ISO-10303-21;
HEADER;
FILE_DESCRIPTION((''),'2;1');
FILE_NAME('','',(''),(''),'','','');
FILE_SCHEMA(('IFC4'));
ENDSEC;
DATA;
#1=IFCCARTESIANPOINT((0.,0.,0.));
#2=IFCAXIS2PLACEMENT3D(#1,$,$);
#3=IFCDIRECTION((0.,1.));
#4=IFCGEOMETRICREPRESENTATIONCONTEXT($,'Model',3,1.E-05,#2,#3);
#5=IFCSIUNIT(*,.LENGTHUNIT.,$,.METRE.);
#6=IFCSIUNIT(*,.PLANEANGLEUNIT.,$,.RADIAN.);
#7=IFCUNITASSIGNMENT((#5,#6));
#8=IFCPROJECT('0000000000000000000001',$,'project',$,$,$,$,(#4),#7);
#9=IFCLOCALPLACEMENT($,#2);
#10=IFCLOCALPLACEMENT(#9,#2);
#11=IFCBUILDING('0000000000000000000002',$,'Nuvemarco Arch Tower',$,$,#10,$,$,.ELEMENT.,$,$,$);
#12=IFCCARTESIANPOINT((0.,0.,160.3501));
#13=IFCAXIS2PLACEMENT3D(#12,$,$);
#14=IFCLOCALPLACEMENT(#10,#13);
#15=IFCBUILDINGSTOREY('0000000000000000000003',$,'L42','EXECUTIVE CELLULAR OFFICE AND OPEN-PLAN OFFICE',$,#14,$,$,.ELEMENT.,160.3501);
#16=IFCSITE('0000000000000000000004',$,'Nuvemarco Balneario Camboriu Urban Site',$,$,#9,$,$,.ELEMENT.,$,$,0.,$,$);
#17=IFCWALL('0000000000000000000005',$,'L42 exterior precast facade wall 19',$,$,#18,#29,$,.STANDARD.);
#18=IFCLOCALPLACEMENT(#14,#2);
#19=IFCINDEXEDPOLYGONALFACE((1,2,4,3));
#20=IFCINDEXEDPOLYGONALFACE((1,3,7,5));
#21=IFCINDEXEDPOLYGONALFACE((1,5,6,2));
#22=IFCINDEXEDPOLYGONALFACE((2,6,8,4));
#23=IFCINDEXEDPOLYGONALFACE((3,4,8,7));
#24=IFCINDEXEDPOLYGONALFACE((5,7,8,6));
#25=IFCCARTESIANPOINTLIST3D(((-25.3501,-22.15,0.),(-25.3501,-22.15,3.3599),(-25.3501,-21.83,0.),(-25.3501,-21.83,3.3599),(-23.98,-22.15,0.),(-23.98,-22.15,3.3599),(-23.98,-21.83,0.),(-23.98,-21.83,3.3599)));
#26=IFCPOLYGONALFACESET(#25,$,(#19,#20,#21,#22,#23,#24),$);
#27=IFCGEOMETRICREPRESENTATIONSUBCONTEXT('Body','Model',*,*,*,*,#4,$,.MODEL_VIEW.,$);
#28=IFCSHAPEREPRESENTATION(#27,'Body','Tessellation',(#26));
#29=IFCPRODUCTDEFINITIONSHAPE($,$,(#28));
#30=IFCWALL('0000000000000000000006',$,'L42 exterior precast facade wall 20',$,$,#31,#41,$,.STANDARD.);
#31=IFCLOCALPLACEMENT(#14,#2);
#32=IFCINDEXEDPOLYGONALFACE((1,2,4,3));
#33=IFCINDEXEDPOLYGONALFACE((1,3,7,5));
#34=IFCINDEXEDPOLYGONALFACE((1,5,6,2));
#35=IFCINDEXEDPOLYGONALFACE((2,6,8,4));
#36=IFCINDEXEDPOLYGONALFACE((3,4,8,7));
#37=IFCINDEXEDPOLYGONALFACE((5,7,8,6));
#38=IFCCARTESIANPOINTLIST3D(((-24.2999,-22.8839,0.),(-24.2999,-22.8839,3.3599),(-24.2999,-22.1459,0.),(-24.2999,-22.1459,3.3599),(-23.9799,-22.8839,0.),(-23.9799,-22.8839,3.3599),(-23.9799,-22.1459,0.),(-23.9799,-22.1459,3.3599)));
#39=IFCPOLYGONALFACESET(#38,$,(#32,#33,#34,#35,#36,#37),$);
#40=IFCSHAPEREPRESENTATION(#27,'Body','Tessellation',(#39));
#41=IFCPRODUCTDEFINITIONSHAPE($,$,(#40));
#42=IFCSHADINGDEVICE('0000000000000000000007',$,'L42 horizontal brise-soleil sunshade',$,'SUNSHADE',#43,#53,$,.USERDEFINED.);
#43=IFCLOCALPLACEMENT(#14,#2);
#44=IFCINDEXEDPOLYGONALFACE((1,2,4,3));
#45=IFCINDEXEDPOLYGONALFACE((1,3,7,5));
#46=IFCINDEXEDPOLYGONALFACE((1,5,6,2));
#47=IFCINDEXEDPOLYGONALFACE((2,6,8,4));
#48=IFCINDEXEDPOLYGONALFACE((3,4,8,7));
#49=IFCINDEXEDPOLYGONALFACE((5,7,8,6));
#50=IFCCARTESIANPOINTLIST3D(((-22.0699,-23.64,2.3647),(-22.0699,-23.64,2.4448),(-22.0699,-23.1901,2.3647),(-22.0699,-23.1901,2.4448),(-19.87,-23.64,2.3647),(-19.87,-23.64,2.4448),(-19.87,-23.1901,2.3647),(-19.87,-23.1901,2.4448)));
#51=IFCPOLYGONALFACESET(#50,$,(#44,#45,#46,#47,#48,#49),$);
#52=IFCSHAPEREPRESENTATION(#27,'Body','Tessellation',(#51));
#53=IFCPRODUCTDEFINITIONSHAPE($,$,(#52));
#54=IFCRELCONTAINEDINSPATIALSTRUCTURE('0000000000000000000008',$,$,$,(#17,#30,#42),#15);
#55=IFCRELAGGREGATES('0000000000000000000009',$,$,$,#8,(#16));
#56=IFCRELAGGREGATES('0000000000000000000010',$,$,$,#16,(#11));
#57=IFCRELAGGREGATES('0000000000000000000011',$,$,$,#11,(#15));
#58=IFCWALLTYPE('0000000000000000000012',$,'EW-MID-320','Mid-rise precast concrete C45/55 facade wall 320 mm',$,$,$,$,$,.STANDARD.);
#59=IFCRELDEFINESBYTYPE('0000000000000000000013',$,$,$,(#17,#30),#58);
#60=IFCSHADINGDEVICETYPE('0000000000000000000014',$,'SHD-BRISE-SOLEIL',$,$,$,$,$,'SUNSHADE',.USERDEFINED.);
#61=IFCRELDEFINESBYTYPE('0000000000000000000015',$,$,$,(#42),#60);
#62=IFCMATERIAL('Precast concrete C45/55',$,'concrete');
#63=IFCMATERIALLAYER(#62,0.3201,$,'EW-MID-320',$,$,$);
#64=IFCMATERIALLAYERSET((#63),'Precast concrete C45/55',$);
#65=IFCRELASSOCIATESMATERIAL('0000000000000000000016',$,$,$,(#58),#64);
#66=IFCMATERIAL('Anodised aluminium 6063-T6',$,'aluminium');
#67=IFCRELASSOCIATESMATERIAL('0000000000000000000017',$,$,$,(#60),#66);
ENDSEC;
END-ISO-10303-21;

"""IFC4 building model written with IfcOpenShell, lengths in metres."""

from ifc_helpers import new_model, si_unit, direction, frame, frame_2d, origin, origin_2d, place, context, subcontext, project, spatial, rectangle, extrude, source, transform, mapped, material, layer, layer_set, type_object, type_shapes, element, save


model = new_model("IFC4")

# Units and contexts
model_context = context("Model", 3, precision=1e-05, world=origin(), true_north=direction((0.0, 1.0)))
body_context = subcontext(model_context, "Body", "Model", "MODEL_VIEW")
ifc_project = project(units=[si_unit("LENGTHUNIT", "METRE"), si_unit("PLANEANGLEUNIT", "RADIAN")], contexts=[model_context])

# Site, building, storey
site_placement = place(None, origin())
site = spatial("IfcSite", under=ifc_project, at=site_placement, Name="Nuvemarco Balneario Camboriu Urban Site", CompositionType="ELEMENT", RefElevation=0.0)
building_placement = place(site_placement, origin())
building = spatial("IfcBuilding", under=site, at=building_placement, Name="Nuvemarco Arch Tower", CompositionType="ELEMENT")
storey_placement = place(building_placement, frame((0.0, 0.0, 160.3501)))
storey = spatial("IfcBuildingStorey", under=building, at=storey_placement, Name="L42", Description="EXECUTIVE CELLULAR OFFICE AND OPEN-PLAN OFFICE", CompositionType="ELEMENT", Elevation=160.3501)

# Shared definitions
ifc_material_1 = material(Name="Precast concrete C45/55", Category="concrete")
ifc_layer = layer(ifc_material_1, 0.3201, Name="EW-MID-320")
ifc_layer_set = layer_set([ifc_layer], Name="Precast concrete C45/55")
wall_type = type_object("IfcWallType", Name="EW-MID-320", Description="Mid-rise precast concrete C45/55 facade wall 320 mm", PredefinedType="STANDARD", material=ifc_layer_set)

# Walls
wall_1_placement = place(storey_placement, frame((-25.3501, -21.99, 0.0), z_axis=(0.0, 0.0, 1.0), x_axis=(1.0, 0.0, 0.0)))
element("IfcWall", 1, at=wall_1_placement, inside=storey, type_object=wall_type, Name="L42 exterior precast facade wall 19", PredefinedType="STANDARD", context=body_context, shape_type="SweptSolid", body=[
    extrude(rectangle(XDim=1.3701, YDim=0.3201, at=frame_2d((0.6851, 0.0))), origin(), (0.0, 0.0, 1.0), 3.3599),
])
wall_2_placement = place(storey_placement, frame((-24.1399, -22.884, 0.0), z_axis=(0.0, 0.0, 1.0), x_axis=(0.0, 1.0, 0.0)))
element("IfcWall", 2, at=wall_2_placement, inside=storey, type_object=wall_type, Name="L42 exterior precast facade wall 20", PredefinedType="STANDARD", context=body_context, shape_type="SweptSolid", body=[
    extrude(rectangle(XDim=0.738, YDim=0.3201, at=frame_2d((0.3691, 0.0))), origin(), (0.0, 0.0, 1.0), 3.3599),
])

# Shading device
ifc_material_2 = material(Name="Anodised aluminium 6063-T6", Category="aluminium")
shading_device_type = type_object("IfcShadingDeviceType", Name="SHD-BRISE-SOLEIL", ElementType="SUNSHADE", PredefinedType="USERDEFINED", material=ifc_material_2)
shared_shape_1 = source(origin(), body_context, "Body", "SweptSolid", [
    extrude(rectangle(XDim=2.2, YDim=0.45, at=origin_2d()), origin(), (0.0, 0.0, 1.0), 0.0801),
])
type_shapes(shading_device_type, [shared_shape_1])
shading_device_placement = place(storey_placement, frame((-20.97, -23.415, 2.3647), z_axis=(0.0, 0.0, 1.0), x_axis=(1.0, 0.0, 0.0)))
element("IfcShadingDevice", 3, at=shading_device_placement, inside=storey, type_object=shading_device_type, Name="L42 horizontal brise-soleil sunshade", ObjectType="SUNSHADE", PredefinedType="USERDEFINED", context=body_context, shape_type="MappedRepresentation", body=[
    mapped(shared_shape_1, transform((0.0, 0.0, 0.0), scale=1.0)),
])

save(model, "model.ifc")
